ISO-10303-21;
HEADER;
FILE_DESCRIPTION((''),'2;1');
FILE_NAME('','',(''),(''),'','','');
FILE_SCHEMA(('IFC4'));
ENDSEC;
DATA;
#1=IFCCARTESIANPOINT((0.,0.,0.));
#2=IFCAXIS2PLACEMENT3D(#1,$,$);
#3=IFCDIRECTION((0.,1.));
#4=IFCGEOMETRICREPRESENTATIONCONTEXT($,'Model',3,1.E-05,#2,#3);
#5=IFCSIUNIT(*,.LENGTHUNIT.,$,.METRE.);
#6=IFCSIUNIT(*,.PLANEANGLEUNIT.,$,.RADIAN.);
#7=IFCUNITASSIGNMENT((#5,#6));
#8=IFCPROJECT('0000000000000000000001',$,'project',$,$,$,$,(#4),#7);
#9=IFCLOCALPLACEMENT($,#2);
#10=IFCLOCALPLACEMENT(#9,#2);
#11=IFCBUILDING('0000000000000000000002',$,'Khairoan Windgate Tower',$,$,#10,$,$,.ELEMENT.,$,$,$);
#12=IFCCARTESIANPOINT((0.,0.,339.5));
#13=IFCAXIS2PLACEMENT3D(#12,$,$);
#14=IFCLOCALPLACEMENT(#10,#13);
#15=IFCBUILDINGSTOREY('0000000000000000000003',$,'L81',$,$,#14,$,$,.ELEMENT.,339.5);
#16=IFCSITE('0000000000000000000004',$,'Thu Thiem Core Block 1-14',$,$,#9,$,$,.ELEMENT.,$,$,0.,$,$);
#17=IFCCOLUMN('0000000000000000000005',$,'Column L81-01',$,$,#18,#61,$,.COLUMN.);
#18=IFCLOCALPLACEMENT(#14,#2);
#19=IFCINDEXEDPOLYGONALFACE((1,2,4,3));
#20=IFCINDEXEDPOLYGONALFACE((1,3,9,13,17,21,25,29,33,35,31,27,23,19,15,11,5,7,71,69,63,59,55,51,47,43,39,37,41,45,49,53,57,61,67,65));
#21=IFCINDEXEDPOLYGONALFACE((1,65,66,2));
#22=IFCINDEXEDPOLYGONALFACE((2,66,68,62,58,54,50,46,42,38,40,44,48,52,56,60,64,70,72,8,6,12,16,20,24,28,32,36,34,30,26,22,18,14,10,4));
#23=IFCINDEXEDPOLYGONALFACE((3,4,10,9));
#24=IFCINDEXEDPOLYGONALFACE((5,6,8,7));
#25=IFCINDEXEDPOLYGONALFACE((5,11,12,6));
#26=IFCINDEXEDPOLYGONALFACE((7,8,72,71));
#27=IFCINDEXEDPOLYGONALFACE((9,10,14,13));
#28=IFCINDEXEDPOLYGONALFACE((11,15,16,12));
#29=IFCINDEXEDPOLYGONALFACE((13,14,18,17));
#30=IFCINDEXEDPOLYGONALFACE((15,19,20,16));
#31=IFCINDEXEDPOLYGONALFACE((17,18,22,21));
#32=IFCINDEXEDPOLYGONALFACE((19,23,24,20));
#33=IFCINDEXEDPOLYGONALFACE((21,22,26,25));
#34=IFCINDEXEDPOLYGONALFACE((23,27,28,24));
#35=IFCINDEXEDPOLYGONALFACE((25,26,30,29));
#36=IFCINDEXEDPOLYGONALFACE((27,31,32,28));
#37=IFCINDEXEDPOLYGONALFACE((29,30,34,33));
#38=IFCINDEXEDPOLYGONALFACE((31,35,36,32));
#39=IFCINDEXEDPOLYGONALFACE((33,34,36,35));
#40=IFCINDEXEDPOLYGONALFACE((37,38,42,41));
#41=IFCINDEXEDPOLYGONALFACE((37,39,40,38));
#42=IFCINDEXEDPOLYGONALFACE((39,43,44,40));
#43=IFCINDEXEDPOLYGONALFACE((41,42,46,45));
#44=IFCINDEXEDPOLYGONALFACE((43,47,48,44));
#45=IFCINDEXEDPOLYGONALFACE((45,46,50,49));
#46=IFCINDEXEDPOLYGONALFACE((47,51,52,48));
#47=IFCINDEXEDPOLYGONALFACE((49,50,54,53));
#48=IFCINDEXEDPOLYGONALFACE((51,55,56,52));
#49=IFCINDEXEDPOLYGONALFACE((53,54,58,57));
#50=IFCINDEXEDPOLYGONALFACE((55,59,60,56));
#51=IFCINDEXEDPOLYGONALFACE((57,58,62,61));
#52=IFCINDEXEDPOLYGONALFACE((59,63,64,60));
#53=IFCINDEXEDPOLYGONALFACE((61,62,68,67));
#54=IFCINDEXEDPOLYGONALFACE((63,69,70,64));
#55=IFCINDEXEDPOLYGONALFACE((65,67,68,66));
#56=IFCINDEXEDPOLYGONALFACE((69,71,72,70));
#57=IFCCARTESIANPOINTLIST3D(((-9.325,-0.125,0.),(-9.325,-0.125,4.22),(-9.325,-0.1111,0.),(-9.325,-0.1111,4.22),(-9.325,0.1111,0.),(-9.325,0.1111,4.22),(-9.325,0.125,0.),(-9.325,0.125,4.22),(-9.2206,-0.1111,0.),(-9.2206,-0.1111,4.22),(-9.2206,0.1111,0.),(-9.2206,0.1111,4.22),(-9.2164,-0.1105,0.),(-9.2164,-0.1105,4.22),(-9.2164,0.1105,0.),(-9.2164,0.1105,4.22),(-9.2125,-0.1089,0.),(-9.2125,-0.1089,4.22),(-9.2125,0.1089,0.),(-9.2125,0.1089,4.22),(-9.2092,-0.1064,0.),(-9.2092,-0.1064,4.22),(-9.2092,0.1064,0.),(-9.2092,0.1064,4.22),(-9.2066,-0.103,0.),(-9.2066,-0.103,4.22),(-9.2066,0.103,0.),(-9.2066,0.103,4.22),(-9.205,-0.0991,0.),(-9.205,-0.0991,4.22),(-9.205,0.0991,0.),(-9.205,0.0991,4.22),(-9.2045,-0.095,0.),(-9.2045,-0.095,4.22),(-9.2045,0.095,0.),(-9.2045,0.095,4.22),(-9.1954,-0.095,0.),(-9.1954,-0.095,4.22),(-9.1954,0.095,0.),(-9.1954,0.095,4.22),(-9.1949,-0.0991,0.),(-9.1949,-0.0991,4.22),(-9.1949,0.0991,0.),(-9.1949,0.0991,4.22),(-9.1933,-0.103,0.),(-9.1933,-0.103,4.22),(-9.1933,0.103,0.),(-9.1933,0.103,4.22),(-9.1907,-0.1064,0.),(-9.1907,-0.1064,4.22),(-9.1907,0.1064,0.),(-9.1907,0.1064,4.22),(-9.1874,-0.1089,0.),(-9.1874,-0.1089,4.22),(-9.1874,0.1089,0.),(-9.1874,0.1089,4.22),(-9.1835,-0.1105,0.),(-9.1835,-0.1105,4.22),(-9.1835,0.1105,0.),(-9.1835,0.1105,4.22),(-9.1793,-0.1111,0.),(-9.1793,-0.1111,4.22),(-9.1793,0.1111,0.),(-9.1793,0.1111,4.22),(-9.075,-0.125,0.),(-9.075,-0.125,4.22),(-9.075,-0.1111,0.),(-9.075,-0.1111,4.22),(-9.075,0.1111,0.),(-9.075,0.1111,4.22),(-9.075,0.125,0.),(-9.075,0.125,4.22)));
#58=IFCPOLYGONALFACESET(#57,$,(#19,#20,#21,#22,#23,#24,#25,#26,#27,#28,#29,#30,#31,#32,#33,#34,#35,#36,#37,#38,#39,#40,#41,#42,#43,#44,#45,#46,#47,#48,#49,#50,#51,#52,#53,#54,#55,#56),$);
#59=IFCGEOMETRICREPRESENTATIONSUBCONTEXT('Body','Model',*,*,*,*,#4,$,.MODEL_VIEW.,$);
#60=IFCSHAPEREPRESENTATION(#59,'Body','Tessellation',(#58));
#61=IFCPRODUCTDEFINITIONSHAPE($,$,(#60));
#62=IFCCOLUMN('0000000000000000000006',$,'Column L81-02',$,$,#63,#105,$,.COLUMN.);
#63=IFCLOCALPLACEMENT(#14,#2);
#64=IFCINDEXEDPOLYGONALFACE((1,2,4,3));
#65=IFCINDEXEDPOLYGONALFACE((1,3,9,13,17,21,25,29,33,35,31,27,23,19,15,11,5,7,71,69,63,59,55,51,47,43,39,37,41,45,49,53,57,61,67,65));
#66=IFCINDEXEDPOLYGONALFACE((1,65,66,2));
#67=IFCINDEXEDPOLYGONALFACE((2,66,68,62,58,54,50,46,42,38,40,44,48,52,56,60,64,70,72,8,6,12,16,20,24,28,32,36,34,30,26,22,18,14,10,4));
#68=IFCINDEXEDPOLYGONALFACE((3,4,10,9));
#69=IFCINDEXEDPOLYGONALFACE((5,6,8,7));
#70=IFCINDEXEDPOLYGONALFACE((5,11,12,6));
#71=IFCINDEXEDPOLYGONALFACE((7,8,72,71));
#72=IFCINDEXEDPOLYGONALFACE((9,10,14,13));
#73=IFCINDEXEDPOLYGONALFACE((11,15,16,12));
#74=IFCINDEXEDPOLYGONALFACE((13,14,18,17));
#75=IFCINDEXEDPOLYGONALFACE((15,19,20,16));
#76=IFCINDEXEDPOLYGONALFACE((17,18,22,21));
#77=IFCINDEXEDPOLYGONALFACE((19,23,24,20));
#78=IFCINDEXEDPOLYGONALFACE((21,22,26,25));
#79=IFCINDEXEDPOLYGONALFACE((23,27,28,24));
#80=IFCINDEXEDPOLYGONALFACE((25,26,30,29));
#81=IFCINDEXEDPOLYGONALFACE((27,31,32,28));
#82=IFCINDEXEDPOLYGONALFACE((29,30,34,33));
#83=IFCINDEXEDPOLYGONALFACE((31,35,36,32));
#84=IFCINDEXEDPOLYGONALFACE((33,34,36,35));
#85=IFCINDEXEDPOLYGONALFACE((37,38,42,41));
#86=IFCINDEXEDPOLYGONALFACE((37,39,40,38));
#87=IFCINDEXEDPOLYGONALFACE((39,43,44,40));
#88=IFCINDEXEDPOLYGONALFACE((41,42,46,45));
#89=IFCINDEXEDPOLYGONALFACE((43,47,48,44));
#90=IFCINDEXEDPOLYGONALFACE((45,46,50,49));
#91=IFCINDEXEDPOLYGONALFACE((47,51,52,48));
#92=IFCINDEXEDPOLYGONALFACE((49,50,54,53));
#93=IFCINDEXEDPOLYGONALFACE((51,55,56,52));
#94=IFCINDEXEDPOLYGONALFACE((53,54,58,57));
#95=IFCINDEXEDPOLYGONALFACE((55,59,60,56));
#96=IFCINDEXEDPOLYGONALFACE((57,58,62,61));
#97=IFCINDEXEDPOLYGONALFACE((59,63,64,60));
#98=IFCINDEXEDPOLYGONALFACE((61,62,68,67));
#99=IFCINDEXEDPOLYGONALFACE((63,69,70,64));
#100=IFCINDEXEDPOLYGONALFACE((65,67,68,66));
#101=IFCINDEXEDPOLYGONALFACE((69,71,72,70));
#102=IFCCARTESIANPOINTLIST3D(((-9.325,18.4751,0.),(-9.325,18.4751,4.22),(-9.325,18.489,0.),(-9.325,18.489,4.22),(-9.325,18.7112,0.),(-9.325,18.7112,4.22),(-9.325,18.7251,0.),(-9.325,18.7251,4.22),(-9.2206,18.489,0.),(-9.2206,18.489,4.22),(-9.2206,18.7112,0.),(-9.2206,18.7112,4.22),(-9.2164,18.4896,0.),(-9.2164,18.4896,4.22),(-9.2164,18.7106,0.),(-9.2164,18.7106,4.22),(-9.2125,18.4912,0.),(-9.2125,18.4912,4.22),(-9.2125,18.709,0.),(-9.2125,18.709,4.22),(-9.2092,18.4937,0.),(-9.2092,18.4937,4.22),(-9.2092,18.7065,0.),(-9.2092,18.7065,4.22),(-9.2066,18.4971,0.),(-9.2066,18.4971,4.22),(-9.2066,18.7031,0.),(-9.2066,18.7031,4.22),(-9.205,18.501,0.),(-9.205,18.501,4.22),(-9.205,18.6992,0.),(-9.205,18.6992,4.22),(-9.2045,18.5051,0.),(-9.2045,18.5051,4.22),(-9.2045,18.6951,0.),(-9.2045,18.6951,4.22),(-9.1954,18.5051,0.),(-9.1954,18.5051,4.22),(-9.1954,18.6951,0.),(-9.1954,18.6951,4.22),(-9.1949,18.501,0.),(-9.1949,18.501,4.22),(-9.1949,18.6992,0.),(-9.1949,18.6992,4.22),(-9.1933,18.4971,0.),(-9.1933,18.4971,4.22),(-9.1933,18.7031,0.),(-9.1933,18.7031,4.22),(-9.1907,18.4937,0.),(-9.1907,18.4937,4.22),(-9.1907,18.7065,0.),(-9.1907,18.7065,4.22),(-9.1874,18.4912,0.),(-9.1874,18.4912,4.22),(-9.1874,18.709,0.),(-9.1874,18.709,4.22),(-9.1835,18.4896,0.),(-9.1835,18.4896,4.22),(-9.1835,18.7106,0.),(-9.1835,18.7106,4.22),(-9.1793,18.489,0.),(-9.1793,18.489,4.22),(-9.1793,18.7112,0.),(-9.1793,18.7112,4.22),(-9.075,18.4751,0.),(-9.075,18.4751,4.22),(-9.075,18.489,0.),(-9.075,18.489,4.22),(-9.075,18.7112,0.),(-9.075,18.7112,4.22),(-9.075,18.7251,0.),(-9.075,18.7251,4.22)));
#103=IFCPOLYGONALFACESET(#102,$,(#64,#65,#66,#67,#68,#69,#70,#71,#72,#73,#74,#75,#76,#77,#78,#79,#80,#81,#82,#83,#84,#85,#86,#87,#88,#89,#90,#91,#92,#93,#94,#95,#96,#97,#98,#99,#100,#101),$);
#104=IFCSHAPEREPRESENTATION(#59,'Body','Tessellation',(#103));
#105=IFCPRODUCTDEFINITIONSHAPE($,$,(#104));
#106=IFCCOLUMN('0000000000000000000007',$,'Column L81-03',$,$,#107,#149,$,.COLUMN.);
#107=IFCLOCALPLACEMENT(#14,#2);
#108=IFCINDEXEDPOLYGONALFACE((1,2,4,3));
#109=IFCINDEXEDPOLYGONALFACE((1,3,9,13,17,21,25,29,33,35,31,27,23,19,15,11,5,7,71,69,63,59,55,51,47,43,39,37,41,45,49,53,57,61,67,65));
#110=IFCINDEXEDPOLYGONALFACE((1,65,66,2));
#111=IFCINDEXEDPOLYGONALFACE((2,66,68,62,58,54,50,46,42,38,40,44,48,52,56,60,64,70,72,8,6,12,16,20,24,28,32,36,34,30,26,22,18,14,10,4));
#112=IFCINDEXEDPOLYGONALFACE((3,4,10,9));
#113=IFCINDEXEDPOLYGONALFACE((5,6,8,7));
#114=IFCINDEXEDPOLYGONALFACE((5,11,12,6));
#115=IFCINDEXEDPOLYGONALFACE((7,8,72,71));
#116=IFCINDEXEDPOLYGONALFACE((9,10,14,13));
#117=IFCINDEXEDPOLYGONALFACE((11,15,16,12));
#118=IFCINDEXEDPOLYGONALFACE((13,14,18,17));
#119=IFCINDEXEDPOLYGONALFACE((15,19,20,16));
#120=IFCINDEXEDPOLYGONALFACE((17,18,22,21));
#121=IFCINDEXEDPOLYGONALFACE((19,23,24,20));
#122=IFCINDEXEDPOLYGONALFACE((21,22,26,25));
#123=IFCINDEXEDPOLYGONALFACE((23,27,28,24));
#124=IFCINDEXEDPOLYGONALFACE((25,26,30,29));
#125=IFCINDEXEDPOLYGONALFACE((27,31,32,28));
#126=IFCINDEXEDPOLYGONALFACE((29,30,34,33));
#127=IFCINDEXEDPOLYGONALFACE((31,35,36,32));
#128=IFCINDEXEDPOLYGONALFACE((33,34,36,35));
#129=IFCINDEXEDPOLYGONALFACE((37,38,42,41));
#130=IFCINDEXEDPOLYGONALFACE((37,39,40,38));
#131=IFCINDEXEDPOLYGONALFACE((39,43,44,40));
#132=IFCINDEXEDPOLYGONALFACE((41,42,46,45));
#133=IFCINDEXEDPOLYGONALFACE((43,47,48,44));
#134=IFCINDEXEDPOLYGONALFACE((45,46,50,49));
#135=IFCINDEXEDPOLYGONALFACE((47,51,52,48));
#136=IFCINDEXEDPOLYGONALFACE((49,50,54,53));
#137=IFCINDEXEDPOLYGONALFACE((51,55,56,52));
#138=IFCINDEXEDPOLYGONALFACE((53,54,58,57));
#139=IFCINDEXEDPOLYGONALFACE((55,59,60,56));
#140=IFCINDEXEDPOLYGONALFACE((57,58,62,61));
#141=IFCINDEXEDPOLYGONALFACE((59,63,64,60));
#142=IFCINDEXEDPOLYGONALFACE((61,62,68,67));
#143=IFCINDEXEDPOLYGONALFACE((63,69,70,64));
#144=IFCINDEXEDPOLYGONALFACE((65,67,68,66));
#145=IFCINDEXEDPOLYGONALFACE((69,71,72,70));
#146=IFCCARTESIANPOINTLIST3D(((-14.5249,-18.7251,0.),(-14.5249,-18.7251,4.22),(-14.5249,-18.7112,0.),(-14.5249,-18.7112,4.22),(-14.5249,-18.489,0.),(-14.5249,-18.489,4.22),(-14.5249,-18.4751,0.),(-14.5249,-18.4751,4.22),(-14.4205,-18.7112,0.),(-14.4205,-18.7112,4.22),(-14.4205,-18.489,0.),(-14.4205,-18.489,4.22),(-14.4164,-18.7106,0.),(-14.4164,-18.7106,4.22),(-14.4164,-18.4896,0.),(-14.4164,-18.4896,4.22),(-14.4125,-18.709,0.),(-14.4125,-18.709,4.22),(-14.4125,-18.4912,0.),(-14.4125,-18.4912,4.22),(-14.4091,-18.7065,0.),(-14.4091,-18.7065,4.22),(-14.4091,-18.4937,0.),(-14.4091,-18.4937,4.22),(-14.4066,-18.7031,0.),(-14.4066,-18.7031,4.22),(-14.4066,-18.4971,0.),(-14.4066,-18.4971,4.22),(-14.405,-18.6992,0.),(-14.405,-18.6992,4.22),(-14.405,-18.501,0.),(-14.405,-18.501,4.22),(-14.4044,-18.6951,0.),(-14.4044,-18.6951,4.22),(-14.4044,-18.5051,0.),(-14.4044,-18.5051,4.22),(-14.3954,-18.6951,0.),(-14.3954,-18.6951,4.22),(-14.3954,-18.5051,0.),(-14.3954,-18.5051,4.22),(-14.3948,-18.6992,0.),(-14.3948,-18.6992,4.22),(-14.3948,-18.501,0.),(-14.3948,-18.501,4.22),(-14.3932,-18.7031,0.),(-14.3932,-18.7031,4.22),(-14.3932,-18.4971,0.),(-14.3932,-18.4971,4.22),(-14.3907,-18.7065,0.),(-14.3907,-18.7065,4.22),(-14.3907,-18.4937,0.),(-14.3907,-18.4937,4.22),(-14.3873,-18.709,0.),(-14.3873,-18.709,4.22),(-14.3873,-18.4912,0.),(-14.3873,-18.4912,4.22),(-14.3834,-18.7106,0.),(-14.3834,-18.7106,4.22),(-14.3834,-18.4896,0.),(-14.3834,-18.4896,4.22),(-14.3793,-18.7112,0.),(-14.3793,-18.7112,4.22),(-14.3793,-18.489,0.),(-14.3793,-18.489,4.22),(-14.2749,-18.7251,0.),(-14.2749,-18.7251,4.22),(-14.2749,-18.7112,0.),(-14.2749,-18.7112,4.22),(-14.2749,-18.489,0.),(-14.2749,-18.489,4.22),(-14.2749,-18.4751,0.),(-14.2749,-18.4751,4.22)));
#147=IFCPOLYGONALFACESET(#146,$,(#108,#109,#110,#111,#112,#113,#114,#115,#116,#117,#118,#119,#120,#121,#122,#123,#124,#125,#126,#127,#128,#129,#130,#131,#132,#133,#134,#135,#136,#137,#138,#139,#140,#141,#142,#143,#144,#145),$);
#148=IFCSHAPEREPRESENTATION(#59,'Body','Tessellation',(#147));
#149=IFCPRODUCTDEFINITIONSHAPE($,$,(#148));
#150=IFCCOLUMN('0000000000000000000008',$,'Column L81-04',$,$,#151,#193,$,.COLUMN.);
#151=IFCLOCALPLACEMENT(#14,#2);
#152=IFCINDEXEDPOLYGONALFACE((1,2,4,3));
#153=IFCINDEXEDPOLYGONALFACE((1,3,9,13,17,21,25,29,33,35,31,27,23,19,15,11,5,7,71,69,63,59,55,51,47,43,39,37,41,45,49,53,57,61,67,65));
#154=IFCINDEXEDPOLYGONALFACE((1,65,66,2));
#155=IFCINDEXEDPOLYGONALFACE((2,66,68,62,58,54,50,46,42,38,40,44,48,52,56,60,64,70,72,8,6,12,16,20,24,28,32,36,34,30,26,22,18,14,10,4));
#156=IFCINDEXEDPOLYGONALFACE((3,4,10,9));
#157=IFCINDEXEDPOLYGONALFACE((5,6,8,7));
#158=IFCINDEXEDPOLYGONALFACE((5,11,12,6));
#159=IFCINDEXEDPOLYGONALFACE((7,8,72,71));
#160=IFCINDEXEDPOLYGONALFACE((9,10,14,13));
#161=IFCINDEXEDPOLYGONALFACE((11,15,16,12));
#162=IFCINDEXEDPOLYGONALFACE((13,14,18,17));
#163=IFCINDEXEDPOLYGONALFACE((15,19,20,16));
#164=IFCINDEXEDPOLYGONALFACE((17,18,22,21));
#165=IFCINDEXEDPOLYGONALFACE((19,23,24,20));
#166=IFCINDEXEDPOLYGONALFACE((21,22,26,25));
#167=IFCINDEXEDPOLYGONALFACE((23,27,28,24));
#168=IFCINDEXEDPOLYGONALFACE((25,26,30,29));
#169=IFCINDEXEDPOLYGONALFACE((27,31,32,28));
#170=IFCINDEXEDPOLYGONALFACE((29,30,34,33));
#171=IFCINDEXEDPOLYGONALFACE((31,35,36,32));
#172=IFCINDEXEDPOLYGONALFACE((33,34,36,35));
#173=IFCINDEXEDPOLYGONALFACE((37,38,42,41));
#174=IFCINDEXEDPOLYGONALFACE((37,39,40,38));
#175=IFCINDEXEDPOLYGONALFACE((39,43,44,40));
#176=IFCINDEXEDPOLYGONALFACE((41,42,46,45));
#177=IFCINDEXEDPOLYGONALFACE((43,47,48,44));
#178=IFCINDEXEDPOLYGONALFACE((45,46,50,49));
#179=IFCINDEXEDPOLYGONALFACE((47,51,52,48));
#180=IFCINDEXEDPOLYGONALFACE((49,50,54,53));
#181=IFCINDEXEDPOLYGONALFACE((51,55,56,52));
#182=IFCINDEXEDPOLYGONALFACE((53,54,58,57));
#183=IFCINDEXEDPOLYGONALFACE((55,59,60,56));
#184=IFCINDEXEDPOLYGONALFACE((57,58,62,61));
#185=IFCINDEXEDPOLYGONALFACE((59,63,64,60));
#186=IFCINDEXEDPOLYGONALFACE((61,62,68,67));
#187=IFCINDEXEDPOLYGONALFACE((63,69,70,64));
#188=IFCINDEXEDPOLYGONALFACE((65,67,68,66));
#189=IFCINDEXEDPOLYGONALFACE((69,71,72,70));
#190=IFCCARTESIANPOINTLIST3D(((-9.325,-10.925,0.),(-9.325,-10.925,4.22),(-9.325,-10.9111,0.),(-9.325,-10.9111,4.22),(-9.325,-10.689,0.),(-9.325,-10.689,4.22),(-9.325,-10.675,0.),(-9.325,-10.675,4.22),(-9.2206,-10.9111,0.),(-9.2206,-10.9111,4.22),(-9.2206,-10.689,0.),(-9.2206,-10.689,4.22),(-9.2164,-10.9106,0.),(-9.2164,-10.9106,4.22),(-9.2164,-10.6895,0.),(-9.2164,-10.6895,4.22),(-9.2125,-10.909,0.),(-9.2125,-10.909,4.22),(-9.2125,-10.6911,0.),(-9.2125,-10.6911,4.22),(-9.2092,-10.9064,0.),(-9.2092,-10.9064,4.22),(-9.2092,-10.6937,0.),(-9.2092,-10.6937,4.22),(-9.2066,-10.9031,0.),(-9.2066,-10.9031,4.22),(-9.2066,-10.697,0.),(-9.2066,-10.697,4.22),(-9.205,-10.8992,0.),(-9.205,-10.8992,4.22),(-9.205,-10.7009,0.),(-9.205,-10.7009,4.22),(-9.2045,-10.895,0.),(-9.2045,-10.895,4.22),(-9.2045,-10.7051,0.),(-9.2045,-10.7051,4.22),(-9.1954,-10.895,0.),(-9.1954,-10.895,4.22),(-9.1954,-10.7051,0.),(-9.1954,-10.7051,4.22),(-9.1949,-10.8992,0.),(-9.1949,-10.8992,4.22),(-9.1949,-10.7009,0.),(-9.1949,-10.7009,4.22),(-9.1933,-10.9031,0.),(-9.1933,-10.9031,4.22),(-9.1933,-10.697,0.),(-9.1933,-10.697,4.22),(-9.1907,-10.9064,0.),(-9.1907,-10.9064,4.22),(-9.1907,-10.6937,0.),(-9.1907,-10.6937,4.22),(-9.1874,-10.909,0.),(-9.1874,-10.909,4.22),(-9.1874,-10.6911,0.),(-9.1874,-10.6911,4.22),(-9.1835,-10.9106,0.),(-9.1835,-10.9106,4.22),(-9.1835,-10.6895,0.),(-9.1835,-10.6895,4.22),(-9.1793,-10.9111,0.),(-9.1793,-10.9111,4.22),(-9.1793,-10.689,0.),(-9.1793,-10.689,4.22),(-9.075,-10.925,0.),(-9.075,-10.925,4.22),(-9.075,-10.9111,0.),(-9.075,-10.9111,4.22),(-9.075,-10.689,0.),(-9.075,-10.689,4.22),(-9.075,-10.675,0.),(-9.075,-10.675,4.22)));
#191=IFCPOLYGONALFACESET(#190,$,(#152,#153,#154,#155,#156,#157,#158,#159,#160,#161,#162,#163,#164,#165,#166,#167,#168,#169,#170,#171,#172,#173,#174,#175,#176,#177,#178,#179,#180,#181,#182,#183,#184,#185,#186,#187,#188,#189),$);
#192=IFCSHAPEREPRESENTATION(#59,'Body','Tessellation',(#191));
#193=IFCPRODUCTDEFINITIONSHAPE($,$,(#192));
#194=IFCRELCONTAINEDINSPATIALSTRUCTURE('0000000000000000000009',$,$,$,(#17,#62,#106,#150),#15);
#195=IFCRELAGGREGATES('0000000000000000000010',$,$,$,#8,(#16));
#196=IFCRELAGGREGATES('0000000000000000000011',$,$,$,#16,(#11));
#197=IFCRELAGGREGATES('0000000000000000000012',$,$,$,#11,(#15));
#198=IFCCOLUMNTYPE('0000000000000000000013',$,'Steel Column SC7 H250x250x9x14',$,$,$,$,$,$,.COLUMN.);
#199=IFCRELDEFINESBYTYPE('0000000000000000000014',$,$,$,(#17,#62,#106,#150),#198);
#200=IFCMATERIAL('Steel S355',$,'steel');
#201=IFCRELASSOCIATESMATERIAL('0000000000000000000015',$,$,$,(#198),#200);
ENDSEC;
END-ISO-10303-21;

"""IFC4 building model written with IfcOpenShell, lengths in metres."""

from ifc_helpers import new_model, si_unit, direction, frame, origin, origin_2d, place, context, subcontext, project, spatial, i_section, extrude, material, material_profile, profile_set, type_object, element, save


model = new_model("IFC4")

# Units and contexts
model_context = context("Model", 3, precision=1e-05, world=origin(), true_north=direction((0.0, 1.0)))
body_context = subcontext(model_context, "Body", "Model", "MODEL_VIEW")
ifc_project = project(units=[si_unit("LENGTHUNIT", "METRE"), si_unit("PLANEANGLEUNIT", "RADIAN")], contexts=[model_context])

# Site, building, storey
site_placement = place(None, origin())
site = spatial("IfcSite", under=ifc_project, at=site_placement, Name="Thu Thiem Core Block 1-14", CompositionType="ELEMENT", RefElevation=0.0)
building_placement = place(site_placement, origin())
building = spatial("IfcBuilding", under=site, at=building_placement, Name="Khairoan Windgate Tower", CompositionType="ELEMENT")
storey_placement = place(building_placement, frame((0.0, 0.0, 339.5)))
storey = spatial("IfcBuildingStorey", under=building, at=storey_placement, Name="L81", CompositionType="ELEMENT", Elevation=339.5)

# Columns
ifc_material_1 = material(Name="Steel S355", Category="steel")
ifc_material_profile_1 = material_profile(ifc_material_1, i_section(OverallWidth=0.25, OverallDepth=0.25, WebThickness=0.009, FlangeThickness=0.0139, FilletRadius=0.0161, at=origin_2d()))
ifc_profile_set_1 = profile_set([ifc_material_profile_1], Name="Steel S355")
column_type = type_object("IfcColumnType", Name="Steel Column SC7 H250x250x9x14", PredefinedType="COLUMN", material=ifc_profile_set_1)
for number, where, z_axis, x_axis, name in (
    (1, (-9.2, 0.0, 0.0), (0.0, 0.0, 1.0), (1.0, 0.0, 0.0), "Column L81-01"),
    (2, (-9.2, 18.6001, 0.0), (0.0, 0.0, 1.0), (1.0, 0.0, 0.0), "Column L81-02"),
    (3, (-14.3999, -18.6001, 0.0), (0.0, 0.0, 1.0), (1.0, 0.0, 0.0), "Column L81-03"),
    (4, (-9.2, -10.8, 0.0), (0.0, 0.0, 1.0), (1.0, 0.0, 0.0), "Column L81-04"),
):
    element("IfcColumn", number, at=place(storey_placement, frame(where, z_axis=z_axis, x_axis=x_axis)), inside=storey, type_object=column_type, Name=name, PredefinedType="COLUMN", context=body_context, shape_type="SweptSolid", body=[
        extrude(i_section(OverallWidth=0.25, OverallDepth=0.25, WebThickness=0.009, FlangeThickness=0.0139, FilletRadius=0.0161, at=origin_2d()), origin(), (0.0, 0.0, 1.0), 4.22),
    ])

save(model, "model.ifc")
